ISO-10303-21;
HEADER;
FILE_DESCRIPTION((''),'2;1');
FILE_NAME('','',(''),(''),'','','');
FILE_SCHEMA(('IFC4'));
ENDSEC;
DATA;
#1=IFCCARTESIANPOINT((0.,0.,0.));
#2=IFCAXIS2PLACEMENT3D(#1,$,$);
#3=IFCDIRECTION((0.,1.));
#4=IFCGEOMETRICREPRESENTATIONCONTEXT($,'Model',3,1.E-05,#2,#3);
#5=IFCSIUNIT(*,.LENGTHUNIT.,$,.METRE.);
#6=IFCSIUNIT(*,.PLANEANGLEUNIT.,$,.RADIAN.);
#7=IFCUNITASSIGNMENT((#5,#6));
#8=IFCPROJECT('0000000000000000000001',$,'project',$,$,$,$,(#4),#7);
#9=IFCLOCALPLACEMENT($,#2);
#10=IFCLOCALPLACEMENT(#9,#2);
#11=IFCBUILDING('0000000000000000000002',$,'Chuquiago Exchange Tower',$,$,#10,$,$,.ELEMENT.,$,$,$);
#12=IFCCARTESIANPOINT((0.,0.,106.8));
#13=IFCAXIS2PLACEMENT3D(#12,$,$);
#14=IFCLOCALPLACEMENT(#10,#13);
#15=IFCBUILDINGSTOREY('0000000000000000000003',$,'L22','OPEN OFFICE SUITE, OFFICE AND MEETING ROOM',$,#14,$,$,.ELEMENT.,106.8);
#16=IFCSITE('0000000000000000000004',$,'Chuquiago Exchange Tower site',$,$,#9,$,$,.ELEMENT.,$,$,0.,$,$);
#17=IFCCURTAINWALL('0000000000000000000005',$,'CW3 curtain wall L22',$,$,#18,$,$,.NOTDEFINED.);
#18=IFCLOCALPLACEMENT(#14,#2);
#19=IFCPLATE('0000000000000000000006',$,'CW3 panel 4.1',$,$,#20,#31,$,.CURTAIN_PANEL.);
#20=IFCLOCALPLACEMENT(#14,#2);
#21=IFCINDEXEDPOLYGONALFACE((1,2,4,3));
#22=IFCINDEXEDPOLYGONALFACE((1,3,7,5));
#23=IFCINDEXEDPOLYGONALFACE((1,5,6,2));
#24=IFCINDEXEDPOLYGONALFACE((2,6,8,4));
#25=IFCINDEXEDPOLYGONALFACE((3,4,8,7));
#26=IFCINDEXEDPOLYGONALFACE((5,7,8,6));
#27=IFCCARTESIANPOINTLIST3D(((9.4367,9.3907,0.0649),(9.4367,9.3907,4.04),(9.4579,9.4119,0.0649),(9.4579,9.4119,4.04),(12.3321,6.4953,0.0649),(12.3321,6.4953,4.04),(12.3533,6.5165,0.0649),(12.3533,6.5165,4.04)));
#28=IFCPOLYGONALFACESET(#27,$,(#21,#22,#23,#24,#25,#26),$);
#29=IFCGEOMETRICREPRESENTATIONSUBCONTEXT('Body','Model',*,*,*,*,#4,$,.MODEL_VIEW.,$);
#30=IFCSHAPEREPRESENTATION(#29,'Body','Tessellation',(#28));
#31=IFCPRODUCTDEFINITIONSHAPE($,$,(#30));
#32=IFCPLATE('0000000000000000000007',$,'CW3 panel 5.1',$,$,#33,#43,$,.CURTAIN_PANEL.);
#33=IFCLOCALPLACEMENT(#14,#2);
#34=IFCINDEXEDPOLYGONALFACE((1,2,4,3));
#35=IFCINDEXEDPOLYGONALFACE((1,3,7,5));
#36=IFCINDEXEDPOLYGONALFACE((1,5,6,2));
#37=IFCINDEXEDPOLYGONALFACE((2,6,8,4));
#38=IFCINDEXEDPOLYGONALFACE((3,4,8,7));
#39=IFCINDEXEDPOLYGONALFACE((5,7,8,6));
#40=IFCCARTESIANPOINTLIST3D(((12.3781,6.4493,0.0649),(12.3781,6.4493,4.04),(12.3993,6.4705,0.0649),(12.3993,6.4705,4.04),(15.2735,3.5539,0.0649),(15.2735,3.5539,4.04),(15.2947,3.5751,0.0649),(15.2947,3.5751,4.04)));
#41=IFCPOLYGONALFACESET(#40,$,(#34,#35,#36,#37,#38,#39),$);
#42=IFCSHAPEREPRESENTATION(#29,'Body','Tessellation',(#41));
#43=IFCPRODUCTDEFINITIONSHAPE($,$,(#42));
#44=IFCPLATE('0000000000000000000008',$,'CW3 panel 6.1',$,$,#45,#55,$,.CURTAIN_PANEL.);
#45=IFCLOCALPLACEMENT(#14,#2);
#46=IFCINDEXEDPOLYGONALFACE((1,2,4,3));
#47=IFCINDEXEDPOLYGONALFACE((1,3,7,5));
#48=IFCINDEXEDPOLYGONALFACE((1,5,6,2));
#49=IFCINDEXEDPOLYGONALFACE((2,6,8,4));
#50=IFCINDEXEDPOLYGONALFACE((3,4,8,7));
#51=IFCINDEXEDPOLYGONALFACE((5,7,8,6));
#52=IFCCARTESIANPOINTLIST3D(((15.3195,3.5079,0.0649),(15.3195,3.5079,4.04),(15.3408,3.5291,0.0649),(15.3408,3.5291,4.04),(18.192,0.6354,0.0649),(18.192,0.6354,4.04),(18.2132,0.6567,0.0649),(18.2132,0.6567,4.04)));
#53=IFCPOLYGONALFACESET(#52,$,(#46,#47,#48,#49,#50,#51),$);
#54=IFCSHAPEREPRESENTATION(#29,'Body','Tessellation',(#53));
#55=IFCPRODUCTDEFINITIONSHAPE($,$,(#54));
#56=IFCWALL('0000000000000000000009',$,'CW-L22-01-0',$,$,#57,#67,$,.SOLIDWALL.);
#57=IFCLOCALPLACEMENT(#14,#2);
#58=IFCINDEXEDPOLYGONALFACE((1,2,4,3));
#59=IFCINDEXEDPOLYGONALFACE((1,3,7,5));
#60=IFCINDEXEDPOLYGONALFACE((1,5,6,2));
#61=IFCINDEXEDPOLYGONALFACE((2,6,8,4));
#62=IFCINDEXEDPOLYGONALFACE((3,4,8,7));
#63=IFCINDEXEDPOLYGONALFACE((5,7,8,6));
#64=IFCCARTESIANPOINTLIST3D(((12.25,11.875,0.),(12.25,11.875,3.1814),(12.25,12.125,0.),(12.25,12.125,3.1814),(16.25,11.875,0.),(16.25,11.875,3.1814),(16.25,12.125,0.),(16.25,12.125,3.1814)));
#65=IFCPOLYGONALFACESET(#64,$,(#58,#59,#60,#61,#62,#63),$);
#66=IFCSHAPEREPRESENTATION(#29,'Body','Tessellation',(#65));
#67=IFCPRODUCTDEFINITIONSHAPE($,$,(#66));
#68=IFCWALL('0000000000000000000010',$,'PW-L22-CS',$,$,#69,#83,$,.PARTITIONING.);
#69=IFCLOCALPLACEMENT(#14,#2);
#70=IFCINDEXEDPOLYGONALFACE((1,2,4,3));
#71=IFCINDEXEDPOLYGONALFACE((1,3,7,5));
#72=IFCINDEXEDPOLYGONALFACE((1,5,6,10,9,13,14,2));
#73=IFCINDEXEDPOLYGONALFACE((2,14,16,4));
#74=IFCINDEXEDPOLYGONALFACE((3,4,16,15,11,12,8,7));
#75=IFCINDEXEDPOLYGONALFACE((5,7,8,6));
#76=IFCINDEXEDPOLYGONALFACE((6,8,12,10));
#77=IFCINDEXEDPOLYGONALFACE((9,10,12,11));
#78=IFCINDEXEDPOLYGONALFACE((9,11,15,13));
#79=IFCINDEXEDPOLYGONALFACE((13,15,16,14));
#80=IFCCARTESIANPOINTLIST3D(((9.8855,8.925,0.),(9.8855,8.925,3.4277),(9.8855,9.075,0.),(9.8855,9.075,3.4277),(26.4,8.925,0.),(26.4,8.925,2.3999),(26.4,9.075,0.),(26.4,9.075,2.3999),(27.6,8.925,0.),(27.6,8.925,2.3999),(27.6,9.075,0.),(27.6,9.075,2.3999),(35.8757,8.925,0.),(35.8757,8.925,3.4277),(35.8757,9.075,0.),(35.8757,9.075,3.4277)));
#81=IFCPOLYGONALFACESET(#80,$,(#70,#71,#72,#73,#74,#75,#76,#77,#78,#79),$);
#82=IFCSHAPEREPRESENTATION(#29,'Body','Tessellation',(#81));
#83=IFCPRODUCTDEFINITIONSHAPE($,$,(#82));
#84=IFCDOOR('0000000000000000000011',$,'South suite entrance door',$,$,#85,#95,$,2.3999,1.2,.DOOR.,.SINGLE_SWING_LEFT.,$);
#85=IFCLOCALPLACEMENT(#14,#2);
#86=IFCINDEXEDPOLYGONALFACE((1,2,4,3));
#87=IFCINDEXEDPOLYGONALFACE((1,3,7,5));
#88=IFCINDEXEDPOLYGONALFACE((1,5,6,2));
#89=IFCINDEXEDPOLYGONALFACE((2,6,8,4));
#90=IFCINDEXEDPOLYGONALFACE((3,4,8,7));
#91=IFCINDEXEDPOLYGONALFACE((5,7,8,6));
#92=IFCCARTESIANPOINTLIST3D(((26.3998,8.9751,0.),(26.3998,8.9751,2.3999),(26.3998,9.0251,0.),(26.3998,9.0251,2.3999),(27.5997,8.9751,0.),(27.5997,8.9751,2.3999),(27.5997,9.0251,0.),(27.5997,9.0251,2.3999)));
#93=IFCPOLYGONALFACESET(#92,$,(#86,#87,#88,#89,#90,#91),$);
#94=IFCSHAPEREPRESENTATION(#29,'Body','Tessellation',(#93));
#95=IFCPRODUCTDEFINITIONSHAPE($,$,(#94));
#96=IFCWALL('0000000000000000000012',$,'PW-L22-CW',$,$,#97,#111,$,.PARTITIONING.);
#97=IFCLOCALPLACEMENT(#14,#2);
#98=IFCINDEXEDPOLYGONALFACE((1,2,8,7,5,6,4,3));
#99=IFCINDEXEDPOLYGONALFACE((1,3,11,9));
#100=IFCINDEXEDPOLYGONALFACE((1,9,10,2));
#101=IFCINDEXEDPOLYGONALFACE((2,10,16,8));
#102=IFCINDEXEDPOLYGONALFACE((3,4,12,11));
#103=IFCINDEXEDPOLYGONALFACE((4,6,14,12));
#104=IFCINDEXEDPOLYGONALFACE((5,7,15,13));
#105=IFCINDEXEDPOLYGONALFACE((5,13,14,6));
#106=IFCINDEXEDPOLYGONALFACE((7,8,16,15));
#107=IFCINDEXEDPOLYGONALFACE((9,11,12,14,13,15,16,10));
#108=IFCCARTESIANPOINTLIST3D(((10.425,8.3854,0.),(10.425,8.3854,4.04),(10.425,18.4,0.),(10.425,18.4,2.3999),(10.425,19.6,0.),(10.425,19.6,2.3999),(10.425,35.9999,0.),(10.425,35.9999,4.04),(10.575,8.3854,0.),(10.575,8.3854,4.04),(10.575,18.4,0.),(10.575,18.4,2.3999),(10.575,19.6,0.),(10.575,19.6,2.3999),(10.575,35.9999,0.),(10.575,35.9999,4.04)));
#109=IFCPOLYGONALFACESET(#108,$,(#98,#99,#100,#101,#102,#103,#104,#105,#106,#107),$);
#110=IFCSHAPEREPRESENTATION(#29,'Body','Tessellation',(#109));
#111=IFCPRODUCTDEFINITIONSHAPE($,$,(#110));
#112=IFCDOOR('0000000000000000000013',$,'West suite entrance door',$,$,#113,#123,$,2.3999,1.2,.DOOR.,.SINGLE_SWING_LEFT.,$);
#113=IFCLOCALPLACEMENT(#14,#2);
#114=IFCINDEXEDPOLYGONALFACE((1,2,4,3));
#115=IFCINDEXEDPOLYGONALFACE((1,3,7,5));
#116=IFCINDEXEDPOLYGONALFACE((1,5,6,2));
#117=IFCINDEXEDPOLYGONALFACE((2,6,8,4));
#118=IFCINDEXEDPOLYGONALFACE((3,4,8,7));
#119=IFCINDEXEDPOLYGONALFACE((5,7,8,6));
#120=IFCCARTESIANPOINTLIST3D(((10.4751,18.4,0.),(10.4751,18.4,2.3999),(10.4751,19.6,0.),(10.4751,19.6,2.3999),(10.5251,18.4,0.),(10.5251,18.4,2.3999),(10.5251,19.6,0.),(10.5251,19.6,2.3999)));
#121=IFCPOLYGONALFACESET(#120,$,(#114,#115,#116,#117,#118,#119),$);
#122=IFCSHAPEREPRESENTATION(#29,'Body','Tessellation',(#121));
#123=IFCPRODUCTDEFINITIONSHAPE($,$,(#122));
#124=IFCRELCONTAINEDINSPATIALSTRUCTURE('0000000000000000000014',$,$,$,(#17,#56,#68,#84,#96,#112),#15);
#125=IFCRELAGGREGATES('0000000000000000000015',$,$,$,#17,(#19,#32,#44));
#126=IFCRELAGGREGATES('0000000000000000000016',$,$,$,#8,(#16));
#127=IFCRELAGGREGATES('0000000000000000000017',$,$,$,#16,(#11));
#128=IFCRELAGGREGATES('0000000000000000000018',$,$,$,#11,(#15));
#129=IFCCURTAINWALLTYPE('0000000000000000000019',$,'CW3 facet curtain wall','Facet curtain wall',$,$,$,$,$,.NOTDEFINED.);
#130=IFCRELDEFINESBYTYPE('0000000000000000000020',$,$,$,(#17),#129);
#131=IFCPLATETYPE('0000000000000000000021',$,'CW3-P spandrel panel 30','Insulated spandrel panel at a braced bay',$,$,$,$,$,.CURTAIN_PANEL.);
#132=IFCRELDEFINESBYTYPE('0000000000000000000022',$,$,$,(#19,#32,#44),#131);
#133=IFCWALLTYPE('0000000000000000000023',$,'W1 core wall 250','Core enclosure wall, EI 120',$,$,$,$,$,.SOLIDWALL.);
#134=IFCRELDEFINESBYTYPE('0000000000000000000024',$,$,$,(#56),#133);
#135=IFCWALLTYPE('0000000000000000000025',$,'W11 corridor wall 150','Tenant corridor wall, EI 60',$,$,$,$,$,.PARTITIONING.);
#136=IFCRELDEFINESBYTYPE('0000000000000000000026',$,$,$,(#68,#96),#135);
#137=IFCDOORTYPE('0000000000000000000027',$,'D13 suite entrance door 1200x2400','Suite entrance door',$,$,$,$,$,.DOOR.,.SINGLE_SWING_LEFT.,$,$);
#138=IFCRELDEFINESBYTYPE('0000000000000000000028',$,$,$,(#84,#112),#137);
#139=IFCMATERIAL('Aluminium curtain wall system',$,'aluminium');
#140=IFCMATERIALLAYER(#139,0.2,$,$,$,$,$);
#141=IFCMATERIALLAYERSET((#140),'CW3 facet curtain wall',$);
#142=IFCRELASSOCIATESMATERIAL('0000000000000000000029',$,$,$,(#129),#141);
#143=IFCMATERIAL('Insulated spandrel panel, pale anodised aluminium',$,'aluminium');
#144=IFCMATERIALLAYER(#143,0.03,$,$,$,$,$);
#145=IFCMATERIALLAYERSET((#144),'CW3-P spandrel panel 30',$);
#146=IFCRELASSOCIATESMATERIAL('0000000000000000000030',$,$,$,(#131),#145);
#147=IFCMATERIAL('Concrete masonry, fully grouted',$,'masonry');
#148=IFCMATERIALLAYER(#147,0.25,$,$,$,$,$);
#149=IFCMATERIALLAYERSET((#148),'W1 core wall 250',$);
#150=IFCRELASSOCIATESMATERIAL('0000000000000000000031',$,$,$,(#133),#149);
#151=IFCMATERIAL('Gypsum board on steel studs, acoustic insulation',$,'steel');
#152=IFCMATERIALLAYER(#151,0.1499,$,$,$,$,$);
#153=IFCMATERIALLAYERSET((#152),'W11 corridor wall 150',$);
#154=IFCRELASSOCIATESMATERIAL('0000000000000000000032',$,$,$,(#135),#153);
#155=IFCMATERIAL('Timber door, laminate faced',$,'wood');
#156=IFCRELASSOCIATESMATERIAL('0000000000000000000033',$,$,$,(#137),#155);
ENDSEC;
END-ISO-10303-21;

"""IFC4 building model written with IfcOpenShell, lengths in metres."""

from ifc_helpers import new_model, si_unit, direction, frame, frame_2d, origin, origin_2d, place, context, subcontext, project, spatial, rectangle, extrude, material, layer, layer_set, type_object, element, fill, aggregate, save


model = new_model("IFC4")

# Units and contexts
model_context = context("Model", 3, precision=1e-05, world=origin(), true_north=direction((0.0, 1.0)))
body_context = subcontext(model_context, "Body", "Model", "MODEL_VIEW")
ifc_project = project(units=[si_unit("LENGTHUNIT", "METRE"), si_unit("PLANEANGLEUNIT", "RADIAN")], contexts=[model_context])

# Site, building, storey
site_placement = place(None, origin())
site = spatial("IfcSite", under=ifc_project, at=site_placement, Name="Chuquiago Exchange Tower site", CompositionType="ELEMENT", RefElevation=0.0)
building_placement = place(site_placement, origin())
building = spatial("IfcBuilding", under=site, at=building_placement, Name="Chuquiago Exchange Tower", CompositionType="ELEMENT")
storey_placement = place(building_placement, frame((0.0, 0.0, 106.8)))
storey = spatial("IfcBuildingStorey", under=building, at=storey_placement, Name="L22", Description="OPEN OFFICE SUITE, OFFICE AND MEETING ROOM", CompositionType="ELEMENT", Elevation=106.8)

# Curtain wall
ifc_material_1 = material(Name="Aluminium curtain wall system", Category="aluminium")
ifc_layer_1 = layer(ifc_material_1, 0.2)
ifc_layer_set_1 = layer_set([ifc_layer_1], Name="CW3 facet curtain wall")
curtain_wall_type = type_object("IfcCurtainWallType", Name="CW3 facet curtain wall", Description="Facet curtain wall", PredefinedType="NOTDEFINED", material=ifc_layer_set_1)
curtain_wall_placement = place(storey_placement, origin())
curtain_wall = element("IfcCurtainWall", 1, at=curtain_wall_placement, inside=storey, type_object=curtain_wall_type, Name="CW3 curtain wall L22", PredefinedType="NOTDEFINED")

# Plates
ifc_material_2 = material(Name="Insulated spandrel panel, pale anodised aluminium", Category="aluminium")
ifc_layer_2 = layer(ifc_material_2, 0.03)
ifc_layer_set_2 = layer_set([ifc_layer_2], Name="CW3-P spandrel panel 30")
plate_type = type_object("IfcPlateType", Name="CW3-P spandrel panel 30", Description="Insulated spandrel panel at a braced bay", PredefinedType="CURTAIN_PANEL", material=ifc_layer_set_2)
plate_1_placement = place(storey_placement, frame((10.895, 7.9536, 0.0649), z_axis=(0.0, 0.0, 1.0), x_axis=(0.707107, -0.707107, 0.0)))
plate_1 = element("IfcPlate", 2, at=plate_1_placement, type_object=plate_type, Name="CW3 panel 4.1", PredefinedType="CURTAIN_PANEL", context=body_context, shape_type="SweptSolid", body=[
    extrude(rectangle(XDim=4.0947, YDim=0.03, at=origin_2d()), origin(), (0.0, 0.0, 1.0), 3.9751),
])
plate_2_placement = place(storey_placement, frame((13.8364, 5.0122, 0.0649), z_axis=(0.0, 0.0, 1.0), x_axis=(0.707107, -0.707107, 0.0)))
plate_2 = element("IfcPlate", 3, at=plate_2_placement, type_object=plate_type, Name="CW3 panel 5.1", PredefinedType="CURTAIN_PANEL", context=body_context, shape_type="SweptSolid", body=[
    extrude(rectangle(XDim=4.0947, YDim=0.03, at=origin_2d()), origin(), (0.0, 0.0, 1.0), 3.9751),
])
plate_3_placement = place(storey_placement, frame((16.7664, 2.0823, 0.0649), z_axis=(0.0, 0.0, 1.0), x_axis=(0.707107, -0.707107, 0.0)))
plate_3 = element("IfcPlate", 4, at=plate_3_placement, type_object=plate_type, Name="CW3 panel 6.1", PredefinedType="CURTAIN_PANEL", context=body_context, shape_type="SweptSolid", body=[
    extrude(rectangle(XDim=4.0623, YDim=0.03, at=origin_2d()), origin(), (0.0, 0.0, 1.0), 3.9751),
])
aggregate(curtain_wall, [plate_1, plate_2, plate_3])

# Wall
ifc_material_3 = material(Name="Concrete masonry, fully grouted", Category="masonry")
ifc_layer_3 = layer(ifc_material_3, 0.25)
ifc_layer_set_3 = layer_set([ifc_layer_3], Name="W1 core wall 250")
wall_type_1 = type_object("IfcWallType", Name="W1 core wall 250", Description="Core enclosure wall, EI 120", PredefinedType="SOLIDWALL", material=ifc_layer_set_3)
wall_1_placement = place(storey_placement, frame((12.25, 12.0, 0.0), z_axis=(0.0, 0.0, 1.0), x_axis=(1.0, 0.0, 0.0)))
element("IfcWall", 5, at=wall_1_placement, inside=storey, type_object=wall_type_1, Name="CW-L22-01-0", PredefinedType="SOLIDWALL", context=body_context, shape_type="SweptSolid", body=[
    extrude(rectangle(XDim=4.0, YDim=0.25, at=frame_2d((2.0, 0.0))), origin(), (0.0, 0.0, 1.0), 3.1814),
])

# Walls, openings, doors
ifc_material_4 = material(Name="Gypsum board on steel studs, acoustic insulation", Category="steel")
ifc_layer_4 = layer(ifc_material_4, 0.1499)
ifc_layer_set_4 = layer_set([ifc_layer_4], Name="W11 corridor wall 150")
wall_type_2 = type_object("IfcWallType", Name="W11 corridor wall 150", Description="Tenant corridor wall, EI 60", PredefinedType="PARTITIONING", material=ifc_layer_set_4)
wall_2_placement = place(storey_placement, frame((9.8855, 9.0, 0.0), z_axis=(0.0, 0.0, 1.0), x_axis=(1.0, 0.0, 0.0)))
wall_2 = element("IfcWall", 6, at=wall_2_placement, inside=storey, type_object=wall_type_2, Name="PW-L22-CS", PredefinedType="PARTITIONING", context=body_context, shape_type="SweptSolid", body=[
    extrude(rectangle(XDim=25.9902, YDim=0.1499, at=frame_2d((12.9951, 0.0))), origin(), (0.0, 0.0, 1.0), 3.4277),
])
opening_1_placement = place(wall_2_placement, frame((16.5144, 0.0, 0.0)))
opening_1 = element("IfcOpeningElement", 7, at=opening_1_placement, cuts=wall_2, PredefinedType="OPENING", context=body_context, shape_type="SweptSolid", body=[
    extrude(rectangle(XDim=1.2, YDim=2.3999, at=frame_2d((0.6001, 1.2))), frame((0.0, 0.085, 0.0), z_axis=(0.0, -1.0, 0.0), x_axis=(1.0, 0.0, 0.0)), (0.0, 0.0, 1.0), 0.1699),
])
ifc_material_5 = material(Name="Timber door, laminate faced", Category="wood")
door_type = type_object("IfcDoorType", Name="D13 suite entrance door 1200x2400", Description="Suite entrance door", OperationType="SINGLE_SWING_LEFT", PredefinedType="DOOR", material=ifc_material_5)
door_1_placement = place(opening_1_placement, frame((1.2, 0.0, 0.0), z_axis=(0.0, 0.0, 1.0), x_axis=(-1.0, 0.0, 0.0)))
door_1 = element("IfcDoor", 8, at=door_1_placement, inside=storey, type_object=door_type, Name="South suite entrance door", OperationType="SINGLE_SWING_LEFT", OverallHeight=2.3999, OverallWidth=1.2, PredefinedType="DOOR", context=body_context, shape_type="SweptSolid", body=[
    extrude(rectangle(XDim=1.2, YDim=2.3999, at=frame_2d((0.6001, 1.2))), frame((0.0, 0.0249, 0.0), z_axis=(0.0, -1.0, 0.0), x_axis=(1.0, 0.0, 0.0)), (0.0, 0.0, 1.0), 0.05),
])
fill(opening_1, door_1)
wall_3_placement = place(storey_placement, frame((10.5, 8.3855, 0.0), z_axis=(0.0, 0.0, 1.0), x_axis=(0.0, 1.0, 0.0)))
wall_3 = element("IfcWall", 9, at=wall_3_placement, inside=storey, type_object=wall_type_2, Name="PW-L22-CW", PredefinedType="PARTITIONING", context=body_context, shape_type="SweptSolid", body=[
    extrude(rectangle(XDim=27.6145, YDim=0.1499, at=frame_2d((13.8071, 0.0))), origin(), (0.0, 0.0, 1.0), 4.04),
])
opening_2_placement = place(wall_3_placement, frame((10.0144, 0.0, 0.0)))
opening_2 = element("IfcOpeningElement", 10, at=opening_2_placement, cuts=wall_3, PredefinedType="OPENING", context=body_context, shape_type="SweptSolid", body=[
    extrude(rectangle(XDim=1.2, YDim=2.3999, at=frame_2d((0.6001, 1.2))), frame((0.0, 0.085, 0.0), z_axis=(0.0, -1.0, 0.0), x_axis=(1.0, 0.0, 0.0)), (0.0, 0.0, 1.0), 0.1699),
])
door_2_placement = place(opening_2_placement, origin())
door_2 = element("IfcDoor", 11, at=door_2_placement, inside=storey, type_object=door_type, Name="West suite entrance door", OperationType="SINGLE_SWING_LEFT", OverallHeight=2.3999, OverallWidth=1.2, PredefinedType="DOOR", context=body_context, shape_type="SweptSolid", body=[
    extrude(rectangle(XDim=1.2, YDim=2.3999, at=frame_2d((0.6001, 1.2))), frame((0.0, 0.0249, 0.0), z_axis=(0.0, -1.0, 0.0), x_axis=(1.0, 0.0, 0.0)), (0.0, 0.0, 1.0), 0.05),
])
fill(opening_2, door_2)

save(model, "model.ifc")
